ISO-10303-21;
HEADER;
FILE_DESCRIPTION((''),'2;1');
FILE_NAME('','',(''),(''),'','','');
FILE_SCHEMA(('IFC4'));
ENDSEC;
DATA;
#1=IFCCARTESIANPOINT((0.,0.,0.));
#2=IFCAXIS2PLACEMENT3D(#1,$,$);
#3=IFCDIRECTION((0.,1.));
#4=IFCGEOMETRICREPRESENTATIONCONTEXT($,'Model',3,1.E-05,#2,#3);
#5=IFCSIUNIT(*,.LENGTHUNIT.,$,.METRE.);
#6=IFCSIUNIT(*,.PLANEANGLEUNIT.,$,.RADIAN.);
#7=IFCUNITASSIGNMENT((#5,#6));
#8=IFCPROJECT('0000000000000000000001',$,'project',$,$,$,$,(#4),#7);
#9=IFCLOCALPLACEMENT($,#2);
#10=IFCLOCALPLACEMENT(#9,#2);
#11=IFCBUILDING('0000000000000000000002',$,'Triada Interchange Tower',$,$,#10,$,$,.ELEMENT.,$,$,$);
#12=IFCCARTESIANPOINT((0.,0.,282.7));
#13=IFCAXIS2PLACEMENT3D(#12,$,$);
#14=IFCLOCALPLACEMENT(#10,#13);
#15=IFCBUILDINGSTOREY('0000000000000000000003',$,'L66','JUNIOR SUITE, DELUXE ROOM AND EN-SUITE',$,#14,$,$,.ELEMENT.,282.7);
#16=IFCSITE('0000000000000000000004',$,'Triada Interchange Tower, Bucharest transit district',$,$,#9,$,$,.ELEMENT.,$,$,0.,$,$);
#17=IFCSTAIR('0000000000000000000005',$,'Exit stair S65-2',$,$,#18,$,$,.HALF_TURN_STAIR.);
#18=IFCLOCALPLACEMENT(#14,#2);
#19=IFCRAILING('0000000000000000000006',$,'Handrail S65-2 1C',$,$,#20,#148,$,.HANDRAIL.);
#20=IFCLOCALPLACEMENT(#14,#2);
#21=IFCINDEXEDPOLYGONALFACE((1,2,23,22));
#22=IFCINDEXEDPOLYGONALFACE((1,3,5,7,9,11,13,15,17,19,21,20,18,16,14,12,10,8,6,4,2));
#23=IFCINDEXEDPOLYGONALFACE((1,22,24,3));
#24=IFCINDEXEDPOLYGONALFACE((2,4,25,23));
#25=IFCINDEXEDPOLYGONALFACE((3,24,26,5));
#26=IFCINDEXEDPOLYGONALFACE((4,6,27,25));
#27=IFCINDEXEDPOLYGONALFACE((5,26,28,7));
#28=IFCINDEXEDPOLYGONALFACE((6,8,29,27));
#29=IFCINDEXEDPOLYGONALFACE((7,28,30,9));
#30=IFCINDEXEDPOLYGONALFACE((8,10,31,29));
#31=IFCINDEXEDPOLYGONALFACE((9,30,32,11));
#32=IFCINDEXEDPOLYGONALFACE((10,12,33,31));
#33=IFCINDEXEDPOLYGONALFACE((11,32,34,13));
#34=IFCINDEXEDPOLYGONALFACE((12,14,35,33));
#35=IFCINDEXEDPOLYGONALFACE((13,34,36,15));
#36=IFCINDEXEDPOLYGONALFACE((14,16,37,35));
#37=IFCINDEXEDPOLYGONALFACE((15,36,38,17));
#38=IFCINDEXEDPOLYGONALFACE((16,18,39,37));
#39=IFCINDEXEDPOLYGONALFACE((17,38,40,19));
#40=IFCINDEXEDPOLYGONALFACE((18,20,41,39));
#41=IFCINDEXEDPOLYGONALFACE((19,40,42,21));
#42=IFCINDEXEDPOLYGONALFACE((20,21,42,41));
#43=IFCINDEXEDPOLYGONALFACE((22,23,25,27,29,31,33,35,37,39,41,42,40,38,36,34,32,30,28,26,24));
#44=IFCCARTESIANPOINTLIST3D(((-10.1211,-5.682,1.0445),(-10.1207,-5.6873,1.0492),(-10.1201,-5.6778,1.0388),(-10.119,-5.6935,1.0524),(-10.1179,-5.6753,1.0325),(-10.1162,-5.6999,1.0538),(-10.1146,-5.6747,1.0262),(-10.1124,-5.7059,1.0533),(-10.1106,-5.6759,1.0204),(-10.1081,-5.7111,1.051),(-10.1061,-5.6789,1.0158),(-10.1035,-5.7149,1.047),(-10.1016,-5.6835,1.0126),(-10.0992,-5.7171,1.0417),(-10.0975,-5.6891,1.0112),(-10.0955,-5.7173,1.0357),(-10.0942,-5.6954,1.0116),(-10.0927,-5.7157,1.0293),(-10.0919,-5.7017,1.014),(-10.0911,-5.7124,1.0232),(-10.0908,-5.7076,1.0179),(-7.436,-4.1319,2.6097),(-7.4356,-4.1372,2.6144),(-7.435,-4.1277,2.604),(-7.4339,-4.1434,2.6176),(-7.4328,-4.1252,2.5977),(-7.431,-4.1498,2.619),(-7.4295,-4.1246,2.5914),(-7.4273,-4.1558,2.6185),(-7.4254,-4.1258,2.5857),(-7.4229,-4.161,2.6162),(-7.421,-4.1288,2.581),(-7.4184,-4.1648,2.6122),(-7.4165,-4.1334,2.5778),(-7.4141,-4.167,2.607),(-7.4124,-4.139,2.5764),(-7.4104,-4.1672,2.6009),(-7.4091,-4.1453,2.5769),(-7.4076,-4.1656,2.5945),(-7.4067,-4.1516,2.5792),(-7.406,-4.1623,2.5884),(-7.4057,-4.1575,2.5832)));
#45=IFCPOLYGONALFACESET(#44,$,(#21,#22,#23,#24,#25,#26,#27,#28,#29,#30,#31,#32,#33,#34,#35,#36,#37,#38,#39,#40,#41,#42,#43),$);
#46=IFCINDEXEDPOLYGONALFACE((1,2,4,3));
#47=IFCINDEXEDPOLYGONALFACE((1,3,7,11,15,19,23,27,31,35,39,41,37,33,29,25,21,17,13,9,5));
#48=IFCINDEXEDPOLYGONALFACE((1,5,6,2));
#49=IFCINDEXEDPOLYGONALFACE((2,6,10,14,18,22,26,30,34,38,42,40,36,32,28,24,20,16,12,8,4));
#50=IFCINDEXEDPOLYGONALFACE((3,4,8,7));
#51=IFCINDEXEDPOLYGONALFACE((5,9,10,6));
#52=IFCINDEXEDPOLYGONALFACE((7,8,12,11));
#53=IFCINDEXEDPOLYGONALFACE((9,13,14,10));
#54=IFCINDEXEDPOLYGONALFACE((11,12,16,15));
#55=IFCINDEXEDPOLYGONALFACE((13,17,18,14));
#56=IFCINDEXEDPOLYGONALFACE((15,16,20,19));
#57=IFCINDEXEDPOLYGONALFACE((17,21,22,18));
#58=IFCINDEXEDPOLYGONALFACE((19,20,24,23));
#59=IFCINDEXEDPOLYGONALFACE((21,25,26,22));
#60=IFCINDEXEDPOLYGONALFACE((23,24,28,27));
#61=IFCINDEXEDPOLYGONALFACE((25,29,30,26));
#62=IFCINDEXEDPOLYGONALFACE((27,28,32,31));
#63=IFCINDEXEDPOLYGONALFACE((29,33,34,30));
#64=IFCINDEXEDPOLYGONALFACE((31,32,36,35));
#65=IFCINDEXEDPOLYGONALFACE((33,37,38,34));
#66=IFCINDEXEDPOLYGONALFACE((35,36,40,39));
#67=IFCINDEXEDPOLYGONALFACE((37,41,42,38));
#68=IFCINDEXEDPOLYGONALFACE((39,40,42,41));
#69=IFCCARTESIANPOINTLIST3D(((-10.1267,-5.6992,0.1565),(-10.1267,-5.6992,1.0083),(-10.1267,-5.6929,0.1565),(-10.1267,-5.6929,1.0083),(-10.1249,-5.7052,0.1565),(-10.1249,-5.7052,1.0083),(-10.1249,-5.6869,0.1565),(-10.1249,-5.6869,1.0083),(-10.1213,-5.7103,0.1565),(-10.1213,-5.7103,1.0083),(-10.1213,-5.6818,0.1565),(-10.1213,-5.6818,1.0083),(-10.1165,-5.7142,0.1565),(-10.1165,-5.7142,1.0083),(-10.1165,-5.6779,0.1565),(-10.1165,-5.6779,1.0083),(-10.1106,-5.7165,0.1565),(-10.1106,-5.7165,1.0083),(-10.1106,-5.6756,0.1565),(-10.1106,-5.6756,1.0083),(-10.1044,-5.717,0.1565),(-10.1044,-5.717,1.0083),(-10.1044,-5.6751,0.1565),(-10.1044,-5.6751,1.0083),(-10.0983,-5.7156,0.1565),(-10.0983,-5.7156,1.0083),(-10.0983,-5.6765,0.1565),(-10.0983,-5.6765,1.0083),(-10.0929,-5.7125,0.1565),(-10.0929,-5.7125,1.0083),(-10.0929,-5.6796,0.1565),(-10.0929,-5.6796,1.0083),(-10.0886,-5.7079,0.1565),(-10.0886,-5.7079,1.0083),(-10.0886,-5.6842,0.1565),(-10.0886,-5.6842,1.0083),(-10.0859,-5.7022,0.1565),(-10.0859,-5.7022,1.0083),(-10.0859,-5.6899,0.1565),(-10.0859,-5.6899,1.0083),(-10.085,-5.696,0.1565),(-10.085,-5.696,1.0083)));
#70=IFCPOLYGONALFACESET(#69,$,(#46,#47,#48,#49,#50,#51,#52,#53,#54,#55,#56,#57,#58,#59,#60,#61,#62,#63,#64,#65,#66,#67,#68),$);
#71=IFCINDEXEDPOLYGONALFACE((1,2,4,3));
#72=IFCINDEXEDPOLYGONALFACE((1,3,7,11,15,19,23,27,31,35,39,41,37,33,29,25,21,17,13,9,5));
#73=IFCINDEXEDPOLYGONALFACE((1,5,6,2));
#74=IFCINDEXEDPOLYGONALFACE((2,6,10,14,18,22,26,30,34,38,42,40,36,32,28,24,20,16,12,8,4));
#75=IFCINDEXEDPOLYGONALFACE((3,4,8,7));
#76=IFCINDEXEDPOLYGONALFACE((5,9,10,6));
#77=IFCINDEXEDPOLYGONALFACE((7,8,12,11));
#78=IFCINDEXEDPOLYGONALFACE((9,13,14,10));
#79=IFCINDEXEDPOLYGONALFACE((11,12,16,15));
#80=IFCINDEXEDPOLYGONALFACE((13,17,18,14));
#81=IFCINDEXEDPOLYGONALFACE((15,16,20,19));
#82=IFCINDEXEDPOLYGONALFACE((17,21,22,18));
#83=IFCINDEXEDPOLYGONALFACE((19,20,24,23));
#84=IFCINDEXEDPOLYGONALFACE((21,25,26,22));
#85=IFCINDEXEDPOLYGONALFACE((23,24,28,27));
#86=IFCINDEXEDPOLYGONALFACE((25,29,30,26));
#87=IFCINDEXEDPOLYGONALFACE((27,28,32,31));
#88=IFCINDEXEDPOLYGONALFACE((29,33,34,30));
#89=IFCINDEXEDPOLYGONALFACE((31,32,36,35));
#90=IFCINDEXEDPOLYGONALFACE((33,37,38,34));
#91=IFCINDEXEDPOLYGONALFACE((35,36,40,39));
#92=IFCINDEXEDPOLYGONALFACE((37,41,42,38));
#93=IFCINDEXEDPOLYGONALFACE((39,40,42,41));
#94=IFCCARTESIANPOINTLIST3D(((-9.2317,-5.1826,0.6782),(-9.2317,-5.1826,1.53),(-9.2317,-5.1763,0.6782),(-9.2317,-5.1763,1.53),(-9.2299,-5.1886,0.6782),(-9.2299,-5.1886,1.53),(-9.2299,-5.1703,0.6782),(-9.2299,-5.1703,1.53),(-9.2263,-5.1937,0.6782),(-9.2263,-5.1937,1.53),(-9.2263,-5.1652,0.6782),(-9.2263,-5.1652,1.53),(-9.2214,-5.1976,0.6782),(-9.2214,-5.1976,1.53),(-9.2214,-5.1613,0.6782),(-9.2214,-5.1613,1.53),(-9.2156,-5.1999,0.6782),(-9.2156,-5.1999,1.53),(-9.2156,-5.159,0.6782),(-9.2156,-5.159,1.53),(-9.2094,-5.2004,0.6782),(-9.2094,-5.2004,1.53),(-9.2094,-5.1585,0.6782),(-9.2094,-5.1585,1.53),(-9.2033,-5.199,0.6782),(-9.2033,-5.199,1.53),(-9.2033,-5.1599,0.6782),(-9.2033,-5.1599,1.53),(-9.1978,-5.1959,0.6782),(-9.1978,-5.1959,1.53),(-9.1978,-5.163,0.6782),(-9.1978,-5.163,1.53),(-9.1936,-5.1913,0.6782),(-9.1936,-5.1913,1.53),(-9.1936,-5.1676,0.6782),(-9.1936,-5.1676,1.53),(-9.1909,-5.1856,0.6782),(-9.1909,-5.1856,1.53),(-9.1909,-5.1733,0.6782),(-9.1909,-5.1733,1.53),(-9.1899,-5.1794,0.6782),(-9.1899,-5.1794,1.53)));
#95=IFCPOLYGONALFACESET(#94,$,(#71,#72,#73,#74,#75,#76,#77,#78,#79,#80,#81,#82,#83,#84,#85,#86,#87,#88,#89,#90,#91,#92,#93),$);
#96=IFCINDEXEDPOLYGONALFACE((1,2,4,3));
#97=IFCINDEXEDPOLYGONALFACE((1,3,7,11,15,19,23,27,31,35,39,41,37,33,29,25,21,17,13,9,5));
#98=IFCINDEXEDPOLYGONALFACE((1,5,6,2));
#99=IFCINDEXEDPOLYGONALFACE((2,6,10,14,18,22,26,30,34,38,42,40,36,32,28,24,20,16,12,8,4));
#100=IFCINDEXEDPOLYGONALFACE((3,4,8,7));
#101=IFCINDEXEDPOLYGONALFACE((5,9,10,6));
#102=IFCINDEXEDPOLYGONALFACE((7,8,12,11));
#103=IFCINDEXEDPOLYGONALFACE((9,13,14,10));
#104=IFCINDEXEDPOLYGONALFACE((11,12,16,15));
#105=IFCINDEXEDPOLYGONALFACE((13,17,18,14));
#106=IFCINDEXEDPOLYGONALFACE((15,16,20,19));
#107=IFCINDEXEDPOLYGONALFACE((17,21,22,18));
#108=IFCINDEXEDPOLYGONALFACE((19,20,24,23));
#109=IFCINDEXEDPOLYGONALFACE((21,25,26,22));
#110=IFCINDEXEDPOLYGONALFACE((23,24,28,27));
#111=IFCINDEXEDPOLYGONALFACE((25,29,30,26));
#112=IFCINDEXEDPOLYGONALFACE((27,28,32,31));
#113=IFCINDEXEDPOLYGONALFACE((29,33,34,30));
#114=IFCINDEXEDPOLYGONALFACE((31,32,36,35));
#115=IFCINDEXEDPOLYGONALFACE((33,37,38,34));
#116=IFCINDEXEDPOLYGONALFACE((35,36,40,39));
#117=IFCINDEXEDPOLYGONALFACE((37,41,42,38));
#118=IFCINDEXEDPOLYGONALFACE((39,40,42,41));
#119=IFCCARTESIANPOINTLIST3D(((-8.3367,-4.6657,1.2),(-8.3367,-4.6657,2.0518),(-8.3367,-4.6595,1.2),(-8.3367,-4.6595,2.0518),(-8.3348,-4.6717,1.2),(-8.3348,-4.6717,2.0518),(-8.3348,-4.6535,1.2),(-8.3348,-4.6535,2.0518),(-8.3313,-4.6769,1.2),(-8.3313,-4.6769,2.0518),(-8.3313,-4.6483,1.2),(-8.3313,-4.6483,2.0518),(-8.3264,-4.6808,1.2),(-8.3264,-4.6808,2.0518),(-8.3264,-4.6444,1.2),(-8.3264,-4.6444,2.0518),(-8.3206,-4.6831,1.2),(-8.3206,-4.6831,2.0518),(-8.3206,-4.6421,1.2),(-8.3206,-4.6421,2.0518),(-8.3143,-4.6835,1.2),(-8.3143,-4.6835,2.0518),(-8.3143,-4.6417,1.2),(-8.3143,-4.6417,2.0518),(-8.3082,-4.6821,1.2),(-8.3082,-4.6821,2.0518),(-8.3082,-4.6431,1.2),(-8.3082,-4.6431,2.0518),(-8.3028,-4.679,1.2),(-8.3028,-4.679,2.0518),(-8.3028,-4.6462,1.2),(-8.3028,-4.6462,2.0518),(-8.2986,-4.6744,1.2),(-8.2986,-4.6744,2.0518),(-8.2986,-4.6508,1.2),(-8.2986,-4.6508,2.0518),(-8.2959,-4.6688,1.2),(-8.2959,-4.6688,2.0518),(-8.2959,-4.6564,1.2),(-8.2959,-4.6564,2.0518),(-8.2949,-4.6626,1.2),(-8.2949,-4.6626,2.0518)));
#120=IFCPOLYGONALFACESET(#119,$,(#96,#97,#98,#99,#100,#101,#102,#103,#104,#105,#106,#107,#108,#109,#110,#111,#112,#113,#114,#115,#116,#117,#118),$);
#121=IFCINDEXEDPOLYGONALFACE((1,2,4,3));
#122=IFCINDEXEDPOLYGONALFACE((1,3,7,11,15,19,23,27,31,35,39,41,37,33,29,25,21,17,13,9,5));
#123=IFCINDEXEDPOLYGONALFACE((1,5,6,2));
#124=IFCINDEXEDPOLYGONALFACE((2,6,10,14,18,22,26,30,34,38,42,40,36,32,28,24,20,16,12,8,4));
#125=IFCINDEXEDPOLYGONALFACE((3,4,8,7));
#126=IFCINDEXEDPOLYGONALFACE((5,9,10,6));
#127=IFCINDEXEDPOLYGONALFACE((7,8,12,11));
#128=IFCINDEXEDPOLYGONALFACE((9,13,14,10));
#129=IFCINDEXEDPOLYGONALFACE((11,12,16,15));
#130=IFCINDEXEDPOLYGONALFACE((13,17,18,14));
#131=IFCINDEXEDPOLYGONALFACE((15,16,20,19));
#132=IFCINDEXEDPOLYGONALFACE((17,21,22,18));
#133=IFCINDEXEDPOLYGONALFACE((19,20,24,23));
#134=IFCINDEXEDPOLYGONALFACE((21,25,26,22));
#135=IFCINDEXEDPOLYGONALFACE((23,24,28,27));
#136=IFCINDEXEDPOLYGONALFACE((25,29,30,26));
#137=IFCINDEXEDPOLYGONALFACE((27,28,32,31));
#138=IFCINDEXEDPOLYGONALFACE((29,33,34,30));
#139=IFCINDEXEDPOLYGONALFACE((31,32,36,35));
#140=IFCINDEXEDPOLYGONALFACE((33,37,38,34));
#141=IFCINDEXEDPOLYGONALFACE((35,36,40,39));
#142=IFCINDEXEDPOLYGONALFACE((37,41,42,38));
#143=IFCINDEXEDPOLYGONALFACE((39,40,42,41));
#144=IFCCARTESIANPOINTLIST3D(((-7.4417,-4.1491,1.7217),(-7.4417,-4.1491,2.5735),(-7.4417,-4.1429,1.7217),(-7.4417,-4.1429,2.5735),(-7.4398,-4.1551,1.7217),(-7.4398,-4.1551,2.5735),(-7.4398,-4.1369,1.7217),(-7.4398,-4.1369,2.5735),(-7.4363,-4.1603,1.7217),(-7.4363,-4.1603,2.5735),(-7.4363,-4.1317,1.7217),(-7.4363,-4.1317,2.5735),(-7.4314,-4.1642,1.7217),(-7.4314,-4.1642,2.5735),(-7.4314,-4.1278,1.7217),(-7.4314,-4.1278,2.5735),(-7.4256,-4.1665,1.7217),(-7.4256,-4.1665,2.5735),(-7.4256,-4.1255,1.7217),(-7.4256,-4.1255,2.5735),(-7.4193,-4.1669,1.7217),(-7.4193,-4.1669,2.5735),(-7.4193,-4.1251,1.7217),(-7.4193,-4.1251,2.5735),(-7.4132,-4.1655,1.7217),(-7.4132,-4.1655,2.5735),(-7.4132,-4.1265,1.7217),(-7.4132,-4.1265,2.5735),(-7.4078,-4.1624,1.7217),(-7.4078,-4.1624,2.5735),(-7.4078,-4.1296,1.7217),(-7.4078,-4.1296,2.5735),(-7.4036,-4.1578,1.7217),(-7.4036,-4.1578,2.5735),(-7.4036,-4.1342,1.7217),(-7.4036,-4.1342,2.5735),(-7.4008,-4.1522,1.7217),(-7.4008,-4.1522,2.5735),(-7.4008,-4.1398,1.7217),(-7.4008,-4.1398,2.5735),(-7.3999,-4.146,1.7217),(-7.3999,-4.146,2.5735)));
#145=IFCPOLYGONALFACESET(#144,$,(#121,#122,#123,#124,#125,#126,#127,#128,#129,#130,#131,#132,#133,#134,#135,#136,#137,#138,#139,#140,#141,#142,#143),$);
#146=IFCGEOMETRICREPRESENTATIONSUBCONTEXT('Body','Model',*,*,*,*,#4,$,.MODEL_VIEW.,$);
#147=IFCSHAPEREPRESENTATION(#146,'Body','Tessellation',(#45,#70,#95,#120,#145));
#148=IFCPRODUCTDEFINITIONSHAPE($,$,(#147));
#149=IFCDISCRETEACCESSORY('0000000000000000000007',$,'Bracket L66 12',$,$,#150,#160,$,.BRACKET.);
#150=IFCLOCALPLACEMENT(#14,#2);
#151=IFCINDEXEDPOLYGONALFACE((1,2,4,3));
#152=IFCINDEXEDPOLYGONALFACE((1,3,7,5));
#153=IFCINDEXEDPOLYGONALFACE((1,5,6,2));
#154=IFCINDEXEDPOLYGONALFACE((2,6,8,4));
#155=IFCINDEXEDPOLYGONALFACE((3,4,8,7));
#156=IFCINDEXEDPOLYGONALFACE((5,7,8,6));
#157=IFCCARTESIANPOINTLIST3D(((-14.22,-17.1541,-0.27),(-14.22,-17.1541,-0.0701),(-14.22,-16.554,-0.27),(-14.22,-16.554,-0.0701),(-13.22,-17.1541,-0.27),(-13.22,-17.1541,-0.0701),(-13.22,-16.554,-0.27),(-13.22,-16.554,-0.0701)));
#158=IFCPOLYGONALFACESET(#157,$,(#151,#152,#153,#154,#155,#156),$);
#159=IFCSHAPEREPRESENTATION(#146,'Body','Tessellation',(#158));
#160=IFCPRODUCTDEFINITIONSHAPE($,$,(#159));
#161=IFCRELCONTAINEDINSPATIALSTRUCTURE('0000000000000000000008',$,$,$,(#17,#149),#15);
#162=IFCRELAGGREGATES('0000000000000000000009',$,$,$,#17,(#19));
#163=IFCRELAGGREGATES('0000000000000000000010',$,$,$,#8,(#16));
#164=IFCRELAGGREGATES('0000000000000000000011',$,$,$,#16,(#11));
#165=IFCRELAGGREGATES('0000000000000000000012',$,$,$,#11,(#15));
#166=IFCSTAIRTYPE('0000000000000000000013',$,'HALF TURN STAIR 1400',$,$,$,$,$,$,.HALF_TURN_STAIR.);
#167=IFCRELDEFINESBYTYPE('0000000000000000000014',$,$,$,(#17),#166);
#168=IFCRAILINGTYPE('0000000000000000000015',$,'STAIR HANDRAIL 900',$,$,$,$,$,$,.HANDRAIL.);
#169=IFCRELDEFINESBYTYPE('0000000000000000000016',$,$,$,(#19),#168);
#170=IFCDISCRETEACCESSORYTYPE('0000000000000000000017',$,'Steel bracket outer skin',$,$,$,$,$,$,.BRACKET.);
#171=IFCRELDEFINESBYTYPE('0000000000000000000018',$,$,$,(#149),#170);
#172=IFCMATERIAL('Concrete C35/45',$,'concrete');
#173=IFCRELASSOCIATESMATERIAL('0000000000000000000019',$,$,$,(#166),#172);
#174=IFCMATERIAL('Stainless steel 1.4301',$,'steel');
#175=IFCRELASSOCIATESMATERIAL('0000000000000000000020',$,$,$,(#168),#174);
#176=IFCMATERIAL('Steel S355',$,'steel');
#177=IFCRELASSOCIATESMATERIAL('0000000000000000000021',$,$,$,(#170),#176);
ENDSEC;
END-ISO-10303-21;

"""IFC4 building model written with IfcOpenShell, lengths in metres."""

from ifc_helpers import new_model, si_unit, direction, frame, origin, origin_2d, place, context, subcontext, project, spatial, rectangle, circle, extrude, material, type_object, element, aggregate, save


model = new_model("IFC4")

# Units and contexts
model_context = context("Model", 3, precision=1e-05, world=origin(), true_north=direction((0.0, 1.0)))
body_context = subcontext(model_context, "Body", "Model", "MODEL_VIEW")
ifc_project = project(units=[si_unit("LENGTHUNIT", "METRE"), si_unit("PLANEANGLEUNIT", "RADIAN")], contexts=[model_context])

# Site, building, storey
site_placement = place(None, origin())
site = spatial("IfcSite", under=ifc_project, at=site_placement, Name="Triada Interchange Tower, Bucharest transit district", CompositionType="ELEMENT", RefElevation=0.0)
building_placement = place(site_placement, origin())
building = spatial("IfcBuilding", under=site, at=building_placement, Name="Triada Interchange Tower", CompositionType="ELEMENT")
storey_placement = place(building_placement, frame((0.0, 0.0, 282.7)))
storey = spatial("IfcBuildingStorey", under=building, at=storey_placement, Name="L66", Description="JUNIOR SUITE, DELUXE ROOM AND EN-SUITE", CompositionType="ELEMENT", Elevation=282.7)

# Stair
ifc_material_1 = material(Name="Concrete C35/45", Category="concrete")
stair_type = type_object("IfcStairType", Name="HALF TURN STAIR 1400", PredefinedType="HALF_TURN_STAIR", material=ifc_material_1)
stair_placement = place(storey_placement, origin())
stair = element("IfcStair", 1, at=stair_placement, inside=storey, type_object=stair_type, Name="Exit stair S65-2", PredefinedType="HALF_TURN_STAIR")

# Railing
ifc_material_2 = material(Name="Stainless steel 1.4301", Category="steel")
railing_type = type_object("IfcRailingType", Name="STAIR HANDRAIL 900", PredefinedType="HANDRAIL", material=ifc_material_2)
railing_1_placement = place(storey_placement, frame((-10.106, -5.696, 0.1565)))
railing_1 = element("IfcRailing", 2, at=railing_1_placement, type_object=railing_type, Name="Handrail S65-2 1C", PredefinedType="HANDRAIL", context=body_context, shape_type="SweptSolid", body=[
    extrude(circle(Radius=0.0239, at=origin_2d()), frame((0.0, 0.0, 0.876), z_axis=(0.773115, 0.446309, 0.450667), x_axis=(-0.499959, 0.866049, 0.0)), (0.0, 0.0, 1.0), 3.4731),
    extrude(circle(Radius=0.021, at=origin_2d()), origin(), (0.0, 0.0, 1.0), 0.8518),
    extrude(circle(Radius=0.021, at=origin_2d()), frame((0.895, 0.5166, 0.5217)), (0.0, 0.0, 1.0), 0.8518),
    extrude(circle(Radius=0.021, at=origin_2d()), frame((1.79, 1.0334, 1.0435)), (0.0, 0.0, 1.0), 0.8518),
    extrude(circle(Radius=0.021, at=origin_2d()), frame((2.6851, 1.55, 1.5652)), (0.0, 0.0, 1.0), 0.8518),
])
aggregate(stair, [railing_1])

# Discrete accessory
ifc_material_3 = material(Name="Steel S355", Category="steel")
discrete_accessory_type = type_object("IfcDiscreteAccessoryType", Name="Steel bracket outer skin", PredefinedType="BRACKET", material=ifc_material_3)
discrete_accessory_placement = place(storey_placement, frame((-13.72, -16.854, -0.27), z_axis=(0.0, 0.0, 1.0), x_axis=(0.0, -1.0, 0.0)))
element("IfcDiscreteAccessory", 3, at=discrete_accessory_placement, inside=storey, type_object=discrete_accessory_type, Name="Bracket L66 12", PredefinedType="BRACKET", context=body_context, shape_type="SweptSolid", body=[
    extrude(rectangle(XDim=0.6001, YDim=1.0, at=origin_2d()), origin(), (0.0, 0.0, 1.0), 0.2),
])

save(model, "model.ifc")
